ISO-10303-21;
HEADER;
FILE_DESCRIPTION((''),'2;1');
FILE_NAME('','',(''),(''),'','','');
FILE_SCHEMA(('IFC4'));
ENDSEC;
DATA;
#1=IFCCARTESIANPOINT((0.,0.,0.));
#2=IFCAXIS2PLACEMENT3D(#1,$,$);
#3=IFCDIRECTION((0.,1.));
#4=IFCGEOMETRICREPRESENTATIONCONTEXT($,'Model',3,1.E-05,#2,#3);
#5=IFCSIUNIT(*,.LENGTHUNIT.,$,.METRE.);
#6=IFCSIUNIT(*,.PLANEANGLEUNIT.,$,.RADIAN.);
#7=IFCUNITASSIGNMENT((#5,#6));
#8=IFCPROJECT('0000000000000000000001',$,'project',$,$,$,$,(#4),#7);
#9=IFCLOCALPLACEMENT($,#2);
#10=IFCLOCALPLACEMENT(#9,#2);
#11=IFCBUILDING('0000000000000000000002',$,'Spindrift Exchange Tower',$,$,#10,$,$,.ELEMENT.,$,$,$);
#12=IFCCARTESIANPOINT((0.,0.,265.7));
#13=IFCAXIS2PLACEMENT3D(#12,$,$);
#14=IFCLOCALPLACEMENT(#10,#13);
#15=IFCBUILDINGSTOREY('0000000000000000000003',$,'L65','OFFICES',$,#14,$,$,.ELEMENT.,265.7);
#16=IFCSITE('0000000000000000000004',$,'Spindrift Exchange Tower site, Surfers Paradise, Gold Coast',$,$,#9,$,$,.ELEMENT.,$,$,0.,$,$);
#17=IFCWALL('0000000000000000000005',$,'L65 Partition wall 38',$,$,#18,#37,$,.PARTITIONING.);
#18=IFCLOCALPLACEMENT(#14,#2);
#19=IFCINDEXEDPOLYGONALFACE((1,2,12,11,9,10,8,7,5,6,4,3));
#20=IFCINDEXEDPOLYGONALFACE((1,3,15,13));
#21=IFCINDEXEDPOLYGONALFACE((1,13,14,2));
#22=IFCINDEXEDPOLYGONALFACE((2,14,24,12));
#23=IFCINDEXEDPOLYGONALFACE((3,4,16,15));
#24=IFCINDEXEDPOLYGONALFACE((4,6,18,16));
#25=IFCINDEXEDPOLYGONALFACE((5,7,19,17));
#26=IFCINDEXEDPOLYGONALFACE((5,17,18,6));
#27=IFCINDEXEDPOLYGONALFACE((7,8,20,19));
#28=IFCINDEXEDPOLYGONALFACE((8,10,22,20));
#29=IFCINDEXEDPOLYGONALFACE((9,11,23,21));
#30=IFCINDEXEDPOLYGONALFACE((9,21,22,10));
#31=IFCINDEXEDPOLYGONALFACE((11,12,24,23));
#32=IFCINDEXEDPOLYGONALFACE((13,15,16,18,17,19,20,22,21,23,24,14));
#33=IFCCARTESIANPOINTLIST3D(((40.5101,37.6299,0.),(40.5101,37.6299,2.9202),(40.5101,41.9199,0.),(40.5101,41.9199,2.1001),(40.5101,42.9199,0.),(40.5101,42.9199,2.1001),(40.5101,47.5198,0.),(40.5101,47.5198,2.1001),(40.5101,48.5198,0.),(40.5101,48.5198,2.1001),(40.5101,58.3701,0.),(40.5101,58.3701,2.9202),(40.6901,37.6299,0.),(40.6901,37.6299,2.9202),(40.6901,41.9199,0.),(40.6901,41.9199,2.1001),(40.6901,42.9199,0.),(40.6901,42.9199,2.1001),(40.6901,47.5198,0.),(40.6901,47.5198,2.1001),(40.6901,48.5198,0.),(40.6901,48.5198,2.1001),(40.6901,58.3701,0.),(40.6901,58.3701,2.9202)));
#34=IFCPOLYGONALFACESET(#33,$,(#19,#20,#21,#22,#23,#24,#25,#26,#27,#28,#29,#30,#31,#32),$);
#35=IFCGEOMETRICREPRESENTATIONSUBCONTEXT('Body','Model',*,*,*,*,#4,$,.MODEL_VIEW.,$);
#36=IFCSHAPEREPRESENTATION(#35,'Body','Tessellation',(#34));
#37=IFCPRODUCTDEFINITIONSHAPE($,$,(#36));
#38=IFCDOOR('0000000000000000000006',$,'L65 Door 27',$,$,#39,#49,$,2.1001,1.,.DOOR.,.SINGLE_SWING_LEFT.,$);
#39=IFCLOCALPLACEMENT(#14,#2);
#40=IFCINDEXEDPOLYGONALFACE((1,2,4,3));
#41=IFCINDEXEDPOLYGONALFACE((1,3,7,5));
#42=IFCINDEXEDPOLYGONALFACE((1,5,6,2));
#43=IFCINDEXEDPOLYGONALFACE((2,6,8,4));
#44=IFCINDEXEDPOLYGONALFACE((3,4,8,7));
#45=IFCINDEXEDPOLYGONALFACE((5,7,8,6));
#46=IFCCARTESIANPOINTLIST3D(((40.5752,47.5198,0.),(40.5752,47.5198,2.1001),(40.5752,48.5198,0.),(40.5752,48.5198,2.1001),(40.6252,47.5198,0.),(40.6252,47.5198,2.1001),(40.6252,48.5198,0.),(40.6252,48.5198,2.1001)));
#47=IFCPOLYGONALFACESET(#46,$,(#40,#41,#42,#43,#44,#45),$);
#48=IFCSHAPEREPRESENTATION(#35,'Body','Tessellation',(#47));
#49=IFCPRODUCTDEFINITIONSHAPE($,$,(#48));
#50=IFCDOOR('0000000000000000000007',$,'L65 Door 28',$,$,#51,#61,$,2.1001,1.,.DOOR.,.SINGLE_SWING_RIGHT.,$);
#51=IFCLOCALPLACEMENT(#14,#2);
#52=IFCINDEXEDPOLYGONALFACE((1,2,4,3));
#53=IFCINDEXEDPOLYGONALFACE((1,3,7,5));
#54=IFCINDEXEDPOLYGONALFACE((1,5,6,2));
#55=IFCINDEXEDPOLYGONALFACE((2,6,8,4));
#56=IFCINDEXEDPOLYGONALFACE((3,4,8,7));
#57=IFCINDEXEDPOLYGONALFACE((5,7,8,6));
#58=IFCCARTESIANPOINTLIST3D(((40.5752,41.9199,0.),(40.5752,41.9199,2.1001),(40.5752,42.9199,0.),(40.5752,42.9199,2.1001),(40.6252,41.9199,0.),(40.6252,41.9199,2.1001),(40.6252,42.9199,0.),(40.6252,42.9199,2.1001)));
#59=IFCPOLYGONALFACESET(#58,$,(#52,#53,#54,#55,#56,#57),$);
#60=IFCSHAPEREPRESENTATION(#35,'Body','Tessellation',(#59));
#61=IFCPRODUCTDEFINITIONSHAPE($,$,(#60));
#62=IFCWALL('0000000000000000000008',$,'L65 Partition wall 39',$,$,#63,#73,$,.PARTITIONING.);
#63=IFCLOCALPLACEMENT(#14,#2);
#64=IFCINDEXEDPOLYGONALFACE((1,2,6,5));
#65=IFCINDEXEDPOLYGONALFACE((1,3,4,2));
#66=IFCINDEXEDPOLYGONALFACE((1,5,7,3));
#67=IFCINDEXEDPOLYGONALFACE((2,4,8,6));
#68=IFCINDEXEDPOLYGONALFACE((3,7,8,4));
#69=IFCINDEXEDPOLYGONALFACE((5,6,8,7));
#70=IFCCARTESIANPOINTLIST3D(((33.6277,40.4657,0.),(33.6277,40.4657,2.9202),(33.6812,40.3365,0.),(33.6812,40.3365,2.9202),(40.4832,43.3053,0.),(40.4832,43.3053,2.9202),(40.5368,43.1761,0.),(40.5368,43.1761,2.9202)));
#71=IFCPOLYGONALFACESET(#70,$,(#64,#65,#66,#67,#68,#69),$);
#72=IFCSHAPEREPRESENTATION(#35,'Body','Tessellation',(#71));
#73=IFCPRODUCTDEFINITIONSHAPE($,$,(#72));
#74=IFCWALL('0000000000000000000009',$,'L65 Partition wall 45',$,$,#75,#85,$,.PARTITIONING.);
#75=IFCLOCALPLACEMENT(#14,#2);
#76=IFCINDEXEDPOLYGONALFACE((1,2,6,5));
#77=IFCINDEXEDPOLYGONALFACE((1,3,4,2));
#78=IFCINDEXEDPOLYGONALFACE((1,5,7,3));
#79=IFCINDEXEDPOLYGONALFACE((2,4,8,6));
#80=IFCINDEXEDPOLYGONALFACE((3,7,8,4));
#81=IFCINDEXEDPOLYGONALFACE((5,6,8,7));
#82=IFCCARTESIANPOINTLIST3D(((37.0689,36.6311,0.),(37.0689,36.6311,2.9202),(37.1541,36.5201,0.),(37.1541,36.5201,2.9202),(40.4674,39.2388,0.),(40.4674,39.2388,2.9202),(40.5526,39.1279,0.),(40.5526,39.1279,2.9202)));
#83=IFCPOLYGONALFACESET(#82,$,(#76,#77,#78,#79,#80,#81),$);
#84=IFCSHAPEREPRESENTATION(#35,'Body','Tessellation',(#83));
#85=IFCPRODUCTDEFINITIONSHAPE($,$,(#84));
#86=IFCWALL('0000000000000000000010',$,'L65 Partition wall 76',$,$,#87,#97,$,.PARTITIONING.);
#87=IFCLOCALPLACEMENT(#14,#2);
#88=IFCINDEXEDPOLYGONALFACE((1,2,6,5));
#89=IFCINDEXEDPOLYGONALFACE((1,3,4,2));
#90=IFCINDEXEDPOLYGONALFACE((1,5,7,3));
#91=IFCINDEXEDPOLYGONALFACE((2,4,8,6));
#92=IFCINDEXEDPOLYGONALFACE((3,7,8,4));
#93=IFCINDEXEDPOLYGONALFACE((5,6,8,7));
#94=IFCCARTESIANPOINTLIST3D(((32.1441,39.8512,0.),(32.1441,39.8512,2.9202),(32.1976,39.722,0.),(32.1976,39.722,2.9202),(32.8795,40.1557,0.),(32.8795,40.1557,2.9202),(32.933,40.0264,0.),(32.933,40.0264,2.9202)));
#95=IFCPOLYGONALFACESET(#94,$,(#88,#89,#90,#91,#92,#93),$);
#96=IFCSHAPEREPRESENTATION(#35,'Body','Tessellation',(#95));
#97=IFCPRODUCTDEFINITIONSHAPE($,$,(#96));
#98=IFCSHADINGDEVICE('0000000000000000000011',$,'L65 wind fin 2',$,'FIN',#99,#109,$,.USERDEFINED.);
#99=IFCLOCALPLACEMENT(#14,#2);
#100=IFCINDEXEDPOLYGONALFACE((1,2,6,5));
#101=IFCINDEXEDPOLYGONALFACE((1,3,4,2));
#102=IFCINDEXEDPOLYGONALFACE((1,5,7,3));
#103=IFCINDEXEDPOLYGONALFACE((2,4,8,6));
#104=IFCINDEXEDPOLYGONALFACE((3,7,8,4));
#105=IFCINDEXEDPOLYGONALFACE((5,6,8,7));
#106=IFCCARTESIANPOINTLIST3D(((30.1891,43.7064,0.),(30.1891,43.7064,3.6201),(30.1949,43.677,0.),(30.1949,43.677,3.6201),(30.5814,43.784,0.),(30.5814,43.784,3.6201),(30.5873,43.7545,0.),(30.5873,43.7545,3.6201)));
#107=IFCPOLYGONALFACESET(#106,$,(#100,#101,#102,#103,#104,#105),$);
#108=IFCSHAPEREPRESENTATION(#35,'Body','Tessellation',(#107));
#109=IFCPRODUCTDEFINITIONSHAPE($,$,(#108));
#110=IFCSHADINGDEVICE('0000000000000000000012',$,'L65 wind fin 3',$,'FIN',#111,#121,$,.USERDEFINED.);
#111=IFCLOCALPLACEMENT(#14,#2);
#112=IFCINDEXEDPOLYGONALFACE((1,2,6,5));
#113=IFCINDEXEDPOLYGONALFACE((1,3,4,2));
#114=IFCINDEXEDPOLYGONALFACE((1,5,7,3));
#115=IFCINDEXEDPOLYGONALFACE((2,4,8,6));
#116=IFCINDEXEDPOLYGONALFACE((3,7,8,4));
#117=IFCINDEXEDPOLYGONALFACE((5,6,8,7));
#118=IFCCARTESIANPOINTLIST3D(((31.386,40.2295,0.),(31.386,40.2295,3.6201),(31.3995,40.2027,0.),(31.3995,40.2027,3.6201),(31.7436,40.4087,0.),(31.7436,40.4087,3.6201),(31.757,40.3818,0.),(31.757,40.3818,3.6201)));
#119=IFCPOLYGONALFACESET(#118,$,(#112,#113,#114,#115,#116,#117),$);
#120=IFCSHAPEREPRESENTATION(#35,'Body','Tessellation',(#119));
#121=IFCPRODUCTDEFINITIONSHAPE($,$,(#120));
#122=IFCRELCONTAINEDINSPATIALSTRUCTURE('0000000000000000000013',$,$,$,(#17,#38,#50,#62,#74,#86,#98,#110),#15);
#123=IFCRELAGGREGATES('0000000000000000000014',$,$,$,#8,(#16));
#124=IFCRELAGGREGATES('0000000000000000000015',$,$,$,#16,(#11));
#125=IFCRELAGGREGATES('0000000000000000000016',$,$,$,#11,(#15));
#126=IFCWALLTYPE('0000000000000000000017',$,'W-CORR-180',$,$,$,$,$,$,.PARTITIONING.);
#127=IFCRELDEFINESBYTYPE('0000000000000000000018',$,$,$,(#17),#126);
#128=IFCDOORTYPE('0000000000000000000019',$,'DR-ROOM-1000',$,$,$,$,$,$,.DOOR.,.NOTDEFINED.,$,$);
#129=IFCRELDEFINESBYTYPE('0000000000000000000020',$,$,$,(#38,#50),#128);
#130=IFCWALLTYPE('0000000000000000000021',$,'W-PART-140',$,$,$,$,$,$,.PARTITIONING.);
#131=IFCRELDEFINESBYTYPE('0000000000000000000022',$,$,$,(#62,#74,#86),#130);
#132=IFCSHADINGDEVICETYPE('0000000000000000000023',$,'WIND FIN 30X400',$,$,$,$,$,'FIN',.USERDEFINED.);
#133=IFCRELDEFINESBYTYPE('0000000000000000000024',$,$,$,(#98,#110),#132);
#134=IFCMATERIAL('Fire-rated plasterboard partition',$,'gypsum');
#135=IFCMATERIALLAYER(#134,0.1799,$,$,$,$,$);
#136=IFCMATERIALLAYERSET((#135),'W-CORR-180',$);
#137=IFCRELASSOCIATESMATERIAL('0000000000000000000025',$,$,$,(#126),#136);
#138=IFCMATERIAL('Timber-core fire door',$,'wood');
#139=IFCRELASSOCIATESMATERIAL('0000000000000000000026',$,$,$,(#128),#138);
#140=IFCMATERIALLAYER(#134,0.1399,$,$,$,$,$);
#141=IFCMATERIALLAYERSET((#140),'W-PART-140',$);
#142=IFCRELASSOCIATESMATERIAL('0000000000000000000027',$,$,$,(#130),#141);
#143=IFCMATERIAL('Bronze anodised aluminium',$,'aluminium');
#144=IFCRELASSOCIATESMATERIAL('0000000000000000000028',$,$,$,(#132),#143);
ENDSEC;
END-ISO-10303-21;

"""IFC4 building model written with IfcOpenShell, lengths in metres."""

from ifc_helpers import new_model, si_unit, direction, frame, frame_2d, origin, origin_2d, place, context, subcontext, project, spatial, rectangle, extrude, source, transform, mapped, material, layer, layer_set, material_profile, profile_set, type_object, element, fill, save


model = new_model("IFC4")

# Units and contexts
model_context = context("Model", 3, precision=1e-05, world=origin(), true_north=direction((0.0, 1.0)))
body_context = subcontext(model_context, "Body", "Model", "MODEL_VIEW")
ifc_project = project(units=[si_unit("LENGTHUNIT", "METRE"), si_unit("PLANEANGLEUNIT", "RADIAN")], contexts=[model_context])

# Site, building, storey
site_placement = place(None, origin())
site = spatial("IfcSite", under=ifc_project, at=site_placement, Name="Spindrift Exchange Tower site, Surfers Paradise, Gold Coast", CompositionType="ELEMENT", RefElevation=0.0)
building_placement = place(site_placement, origin())
building = spatial("IfcBuilding", under=site, at=building_placement, Name="Spindrift Exchange Tower", CompositionType="ELEMENT")
storey_placement = place(building_placement, frame((0.0, 0.0, 265.7)))
storey = spatial("IfcBuildingStorey", under=building, at=storey_placement, Name="L65", Description="OFFICES", CompositionType="ELEMENT", Elevation=265.7)

# Shared definitions
ifc_material_1 = material(Name="Bronze anodised aluminium", Category="aluminium")

# Wall, openings, doors
ifc_material_2 = material(Name="Fire-rated plasterboard partition", Category="gypsum")
ifc_layer_1 = layer(ifc_material_2, 0.1799)
ifc_layer_set_1 = layer_set([ifc_layer_1], Name="W-CORR-180")
wall_type_1 = type_object("IfcWallType", Name="W-CORR-180", PredefinedType="PARTITIONING", material=ifc_layer_set_1)
wall_1_placement = place(storey_placement, frame((40.6001, 37.6299, 0.0), z_axis=(0.0, 0.0, 1.0), x_axis=(0.0, 1.0, 0.0)))
wall_1 = element("IfcWall", 1, at=wall_1_placement, inside=storey, type_object=wall_type_1, Name="L65 Partition wall 38", PredefinedType="PARTITIONING", context=body_context, shape_type="SweptSolid", body=[
    extrude(rectangle(XDim=20.7402, YDim=0.1799, at=frame_2d((10.3701, 0.0))), origin(), (0.0, 0.0, 1.0), 2.9202),
])
opening_1_placement = place(wall_1_placement, frame((9.8899, 0.0, 0.0)))
opening_1 = element("IfcOpeningElement", 2, at=opening_1_placement, cuts=wall_1, PredefinedType="OPENING", context=body_context, shape_type="SweptSolid", body=[
    extrude(rectangle(XDim=1.0, YDim=2.1001, at=frame_2d((0.5, 1.05))), frame((0.0, 0.0999, 0.0), z_axis=(0.0, -1.0, 0.0), x_axis=(1.0, 0.0, 0.0)), (0.0, 0.0, 1.0), 0.2),
])
opening_2_placement = place(wall_1_placement, frame((4.29, 0.0, 0.0)))
opening_2 = element("IfcOpeningElement", 3, at=opening_2_placement, cuts=wall_1, PredefinedType="OPENING", context=body_context, shape_type="SweptSolid", body=[
    extrude(rectangle(XDim=1.0, YDim=2.1001, at=frame_2d((0.5, 1.05))), frame((0.0, 0.0999, 0.0), z_axis=(0.0, -1.0, 0.0), x_axis=(1.0, 0.0, 0.0)), (0.0, 0.0, 1.0), 0.2),
])
ifc_material_3 = material(Name="Timber-core fire door", Category="wood")
door_type = type_object("IfcDoorType", Name="DR-ROOM-1000", OperationType="NOTDEFINED", PredefinedType="DOOR", material=ifc_material_3)
shared_shape_1 = source(origin(), body_context, "Body", "SweptSolid", [
    extrude(rectangle(XDim=1.0, YDim=2.1001, at=frame_2d((0.5, 1.05))), frame((0.0, 0.0249, 0.0), z_axis=(0.0, -1.0, 0.0), x_axis=(1.0, 0.0, 0.0)), (0.0, 0.0, 1.0), 0.05),
])
door_1_placement = place(opening_1_placement, origin())
door_1 = element("IfcDoor", 4, at=door_1_placement, inside=storey, type_object=door_type, Name="L65 Door 27", OperationType="SINGLE_SWING_LEFT", OverallHeight=2.1001, OverallWidth=1.0, PredefinedType="DOOR", context=body_context, shape_type="MappedRepresentation", body=[
    mapped(shared_shape_1, transform((0.0, 0.0, 0.0), scale=1.0)),
])
fill(opening_1, door_1)
door_2_placement = place(opening_2_placement, origin())
door_2 = element("IfcDoor", 5, at=door_2_placement, inside=storey, type_object=door_type, Name="L65 Door 28", OperationType="SINGLE_SWING_RIGHT", OverallHeight=2.1001, OverallWidth=1.0, PredefinedType="DOOR", context=body_context, shape_type="MappedRepresentation", body=[
    mapped(shared_shape_1, transform((0.0, 0.0, 0.0), scale=1.0)),
])
fill(opening_2, door_2)

# Walls
ifc_layer_2 = layer(ifc_material_2, 0.1399)
ifc_layer_set_2 = layer_set([ifc_layer_2], Name="W-PART-140")
wall_type_2 = type_object("IfcWallType", Name="W-PART-140", PredefinedType="PARTITIONING", material=ifc_layer_set_2)
wall_2_placement = place(storey_placement, frame((40.51, 43.2407, 0.0), z_axis=(0.0, 0.0, 1.0), x_axis=(-0.923881, -0.38268, 0.0)))
element("IfcWall", 6, at=wall_2_placement, inside=storey, type_object=wall_type_2, Name="L65 Partition wall 39", PredefinedType="PARTITIONING", context=body_context, shape_type="SweptSolid", body=[
    extrude(rectangle(XDim=7.4204, YDim=0.1399, at=frame_2d((3.7102, 0.0))), origin(), (0.0, 0.0, 1.0), 2.9202),
])
wall_3_placement = place(storey_placement, frame((40.51, 39.1833, 0.0), z_axis=(0.0, 0.0, 1.0), x_axis=(-0.793359, -0.608755, 0.0)))
element("IfcWall", 7, at=wall_3_placement, inside=storey, type_object=wall_type_2, Name="L65 Partition wall 45", PredefinedType="PARTITIONING", context=body_context, shape_type="SweptSolid", body=[
    extrude(rectangle(XDim=4.2837, YDim=0.1399, at=frame_2d((2.1418, 0.0))), origin(), (0.0, 0.0, 1.0), 2.9202),
])
wall_4_placement = place(storey_placement, frame((32.9062, 40.0911, 0.0), z_axis=(0.0, 0.0, 1.0), x_axis=(-0.923946, -0.382523, 0.0)))
element("IfcWall", 8, at=wall_4_placement, inside=storey, type_object=wall_type_2, Name="L65 Partition wall 76", PredefinedType="PARTITIONING", context=body_context, shape_type="SweptSolid", body=[
    extrude(rectangle(XDim=0.7959, YDim=0.1399, at=frame_2d((0.3979, 0.0))), origin(), (0.0, 0.0, 1.0), 2.9202),
])

# Shading devices
ifc_material_profile_1 = material_profile(ifc_material_1, rectangle(XDim=0.03, YDim=0.3999, at=origin_2d()), Name="WIND FIN 30X400")
ifc_profile_set_1 = profile_set([ifc_material_profile_1], Name="Bronze anodised aluminium")
shading_device_type = type_object("IfcShadingDeviceType", Name="WIND FIN 30X400", ElementType="FIN", PredefinedType="USERDEFINED", material=ifc_profile_set_1)
shared_shape_2 = source(origin(), body_context, "Body", "SweptSolid", [
    extrude(rectangle(XDim=0.03, YDim=0.3999, at=origin_2d()), origin(), (0.0, 0.0, 1.0), 3.6201),
])
for number, where, z_axis, x_axis, name in (
    (9, (30.3882, 43.7305, 0.0), (0.0, 0.0, 1.0), (0.19382, -0.981037, 0.0), "L65 wind fin 2"),
    (10, (31.5715, 40.3057, 0.0), (0.0, 0.0, 1.0), (0.448056, -0.894006, 0.0), "L65 wind fin 3"),
):
    element("IfcShadingDevice", number, at=place(storey_placement, frame(where, z_axis=z_axis, x_axis=x_axis)), inside=storey, type_object=shading_device_type, Name=name, ObjectType="FIN", PredefinedType="USERDEFINED", context=body_context, shape_type="MappedRepresentation", body=[
        mapped(shared_shape_2, transform((0.0, 0.0, 0.0), scale=1.0)),
    ])

save(model, "model.ifc")
